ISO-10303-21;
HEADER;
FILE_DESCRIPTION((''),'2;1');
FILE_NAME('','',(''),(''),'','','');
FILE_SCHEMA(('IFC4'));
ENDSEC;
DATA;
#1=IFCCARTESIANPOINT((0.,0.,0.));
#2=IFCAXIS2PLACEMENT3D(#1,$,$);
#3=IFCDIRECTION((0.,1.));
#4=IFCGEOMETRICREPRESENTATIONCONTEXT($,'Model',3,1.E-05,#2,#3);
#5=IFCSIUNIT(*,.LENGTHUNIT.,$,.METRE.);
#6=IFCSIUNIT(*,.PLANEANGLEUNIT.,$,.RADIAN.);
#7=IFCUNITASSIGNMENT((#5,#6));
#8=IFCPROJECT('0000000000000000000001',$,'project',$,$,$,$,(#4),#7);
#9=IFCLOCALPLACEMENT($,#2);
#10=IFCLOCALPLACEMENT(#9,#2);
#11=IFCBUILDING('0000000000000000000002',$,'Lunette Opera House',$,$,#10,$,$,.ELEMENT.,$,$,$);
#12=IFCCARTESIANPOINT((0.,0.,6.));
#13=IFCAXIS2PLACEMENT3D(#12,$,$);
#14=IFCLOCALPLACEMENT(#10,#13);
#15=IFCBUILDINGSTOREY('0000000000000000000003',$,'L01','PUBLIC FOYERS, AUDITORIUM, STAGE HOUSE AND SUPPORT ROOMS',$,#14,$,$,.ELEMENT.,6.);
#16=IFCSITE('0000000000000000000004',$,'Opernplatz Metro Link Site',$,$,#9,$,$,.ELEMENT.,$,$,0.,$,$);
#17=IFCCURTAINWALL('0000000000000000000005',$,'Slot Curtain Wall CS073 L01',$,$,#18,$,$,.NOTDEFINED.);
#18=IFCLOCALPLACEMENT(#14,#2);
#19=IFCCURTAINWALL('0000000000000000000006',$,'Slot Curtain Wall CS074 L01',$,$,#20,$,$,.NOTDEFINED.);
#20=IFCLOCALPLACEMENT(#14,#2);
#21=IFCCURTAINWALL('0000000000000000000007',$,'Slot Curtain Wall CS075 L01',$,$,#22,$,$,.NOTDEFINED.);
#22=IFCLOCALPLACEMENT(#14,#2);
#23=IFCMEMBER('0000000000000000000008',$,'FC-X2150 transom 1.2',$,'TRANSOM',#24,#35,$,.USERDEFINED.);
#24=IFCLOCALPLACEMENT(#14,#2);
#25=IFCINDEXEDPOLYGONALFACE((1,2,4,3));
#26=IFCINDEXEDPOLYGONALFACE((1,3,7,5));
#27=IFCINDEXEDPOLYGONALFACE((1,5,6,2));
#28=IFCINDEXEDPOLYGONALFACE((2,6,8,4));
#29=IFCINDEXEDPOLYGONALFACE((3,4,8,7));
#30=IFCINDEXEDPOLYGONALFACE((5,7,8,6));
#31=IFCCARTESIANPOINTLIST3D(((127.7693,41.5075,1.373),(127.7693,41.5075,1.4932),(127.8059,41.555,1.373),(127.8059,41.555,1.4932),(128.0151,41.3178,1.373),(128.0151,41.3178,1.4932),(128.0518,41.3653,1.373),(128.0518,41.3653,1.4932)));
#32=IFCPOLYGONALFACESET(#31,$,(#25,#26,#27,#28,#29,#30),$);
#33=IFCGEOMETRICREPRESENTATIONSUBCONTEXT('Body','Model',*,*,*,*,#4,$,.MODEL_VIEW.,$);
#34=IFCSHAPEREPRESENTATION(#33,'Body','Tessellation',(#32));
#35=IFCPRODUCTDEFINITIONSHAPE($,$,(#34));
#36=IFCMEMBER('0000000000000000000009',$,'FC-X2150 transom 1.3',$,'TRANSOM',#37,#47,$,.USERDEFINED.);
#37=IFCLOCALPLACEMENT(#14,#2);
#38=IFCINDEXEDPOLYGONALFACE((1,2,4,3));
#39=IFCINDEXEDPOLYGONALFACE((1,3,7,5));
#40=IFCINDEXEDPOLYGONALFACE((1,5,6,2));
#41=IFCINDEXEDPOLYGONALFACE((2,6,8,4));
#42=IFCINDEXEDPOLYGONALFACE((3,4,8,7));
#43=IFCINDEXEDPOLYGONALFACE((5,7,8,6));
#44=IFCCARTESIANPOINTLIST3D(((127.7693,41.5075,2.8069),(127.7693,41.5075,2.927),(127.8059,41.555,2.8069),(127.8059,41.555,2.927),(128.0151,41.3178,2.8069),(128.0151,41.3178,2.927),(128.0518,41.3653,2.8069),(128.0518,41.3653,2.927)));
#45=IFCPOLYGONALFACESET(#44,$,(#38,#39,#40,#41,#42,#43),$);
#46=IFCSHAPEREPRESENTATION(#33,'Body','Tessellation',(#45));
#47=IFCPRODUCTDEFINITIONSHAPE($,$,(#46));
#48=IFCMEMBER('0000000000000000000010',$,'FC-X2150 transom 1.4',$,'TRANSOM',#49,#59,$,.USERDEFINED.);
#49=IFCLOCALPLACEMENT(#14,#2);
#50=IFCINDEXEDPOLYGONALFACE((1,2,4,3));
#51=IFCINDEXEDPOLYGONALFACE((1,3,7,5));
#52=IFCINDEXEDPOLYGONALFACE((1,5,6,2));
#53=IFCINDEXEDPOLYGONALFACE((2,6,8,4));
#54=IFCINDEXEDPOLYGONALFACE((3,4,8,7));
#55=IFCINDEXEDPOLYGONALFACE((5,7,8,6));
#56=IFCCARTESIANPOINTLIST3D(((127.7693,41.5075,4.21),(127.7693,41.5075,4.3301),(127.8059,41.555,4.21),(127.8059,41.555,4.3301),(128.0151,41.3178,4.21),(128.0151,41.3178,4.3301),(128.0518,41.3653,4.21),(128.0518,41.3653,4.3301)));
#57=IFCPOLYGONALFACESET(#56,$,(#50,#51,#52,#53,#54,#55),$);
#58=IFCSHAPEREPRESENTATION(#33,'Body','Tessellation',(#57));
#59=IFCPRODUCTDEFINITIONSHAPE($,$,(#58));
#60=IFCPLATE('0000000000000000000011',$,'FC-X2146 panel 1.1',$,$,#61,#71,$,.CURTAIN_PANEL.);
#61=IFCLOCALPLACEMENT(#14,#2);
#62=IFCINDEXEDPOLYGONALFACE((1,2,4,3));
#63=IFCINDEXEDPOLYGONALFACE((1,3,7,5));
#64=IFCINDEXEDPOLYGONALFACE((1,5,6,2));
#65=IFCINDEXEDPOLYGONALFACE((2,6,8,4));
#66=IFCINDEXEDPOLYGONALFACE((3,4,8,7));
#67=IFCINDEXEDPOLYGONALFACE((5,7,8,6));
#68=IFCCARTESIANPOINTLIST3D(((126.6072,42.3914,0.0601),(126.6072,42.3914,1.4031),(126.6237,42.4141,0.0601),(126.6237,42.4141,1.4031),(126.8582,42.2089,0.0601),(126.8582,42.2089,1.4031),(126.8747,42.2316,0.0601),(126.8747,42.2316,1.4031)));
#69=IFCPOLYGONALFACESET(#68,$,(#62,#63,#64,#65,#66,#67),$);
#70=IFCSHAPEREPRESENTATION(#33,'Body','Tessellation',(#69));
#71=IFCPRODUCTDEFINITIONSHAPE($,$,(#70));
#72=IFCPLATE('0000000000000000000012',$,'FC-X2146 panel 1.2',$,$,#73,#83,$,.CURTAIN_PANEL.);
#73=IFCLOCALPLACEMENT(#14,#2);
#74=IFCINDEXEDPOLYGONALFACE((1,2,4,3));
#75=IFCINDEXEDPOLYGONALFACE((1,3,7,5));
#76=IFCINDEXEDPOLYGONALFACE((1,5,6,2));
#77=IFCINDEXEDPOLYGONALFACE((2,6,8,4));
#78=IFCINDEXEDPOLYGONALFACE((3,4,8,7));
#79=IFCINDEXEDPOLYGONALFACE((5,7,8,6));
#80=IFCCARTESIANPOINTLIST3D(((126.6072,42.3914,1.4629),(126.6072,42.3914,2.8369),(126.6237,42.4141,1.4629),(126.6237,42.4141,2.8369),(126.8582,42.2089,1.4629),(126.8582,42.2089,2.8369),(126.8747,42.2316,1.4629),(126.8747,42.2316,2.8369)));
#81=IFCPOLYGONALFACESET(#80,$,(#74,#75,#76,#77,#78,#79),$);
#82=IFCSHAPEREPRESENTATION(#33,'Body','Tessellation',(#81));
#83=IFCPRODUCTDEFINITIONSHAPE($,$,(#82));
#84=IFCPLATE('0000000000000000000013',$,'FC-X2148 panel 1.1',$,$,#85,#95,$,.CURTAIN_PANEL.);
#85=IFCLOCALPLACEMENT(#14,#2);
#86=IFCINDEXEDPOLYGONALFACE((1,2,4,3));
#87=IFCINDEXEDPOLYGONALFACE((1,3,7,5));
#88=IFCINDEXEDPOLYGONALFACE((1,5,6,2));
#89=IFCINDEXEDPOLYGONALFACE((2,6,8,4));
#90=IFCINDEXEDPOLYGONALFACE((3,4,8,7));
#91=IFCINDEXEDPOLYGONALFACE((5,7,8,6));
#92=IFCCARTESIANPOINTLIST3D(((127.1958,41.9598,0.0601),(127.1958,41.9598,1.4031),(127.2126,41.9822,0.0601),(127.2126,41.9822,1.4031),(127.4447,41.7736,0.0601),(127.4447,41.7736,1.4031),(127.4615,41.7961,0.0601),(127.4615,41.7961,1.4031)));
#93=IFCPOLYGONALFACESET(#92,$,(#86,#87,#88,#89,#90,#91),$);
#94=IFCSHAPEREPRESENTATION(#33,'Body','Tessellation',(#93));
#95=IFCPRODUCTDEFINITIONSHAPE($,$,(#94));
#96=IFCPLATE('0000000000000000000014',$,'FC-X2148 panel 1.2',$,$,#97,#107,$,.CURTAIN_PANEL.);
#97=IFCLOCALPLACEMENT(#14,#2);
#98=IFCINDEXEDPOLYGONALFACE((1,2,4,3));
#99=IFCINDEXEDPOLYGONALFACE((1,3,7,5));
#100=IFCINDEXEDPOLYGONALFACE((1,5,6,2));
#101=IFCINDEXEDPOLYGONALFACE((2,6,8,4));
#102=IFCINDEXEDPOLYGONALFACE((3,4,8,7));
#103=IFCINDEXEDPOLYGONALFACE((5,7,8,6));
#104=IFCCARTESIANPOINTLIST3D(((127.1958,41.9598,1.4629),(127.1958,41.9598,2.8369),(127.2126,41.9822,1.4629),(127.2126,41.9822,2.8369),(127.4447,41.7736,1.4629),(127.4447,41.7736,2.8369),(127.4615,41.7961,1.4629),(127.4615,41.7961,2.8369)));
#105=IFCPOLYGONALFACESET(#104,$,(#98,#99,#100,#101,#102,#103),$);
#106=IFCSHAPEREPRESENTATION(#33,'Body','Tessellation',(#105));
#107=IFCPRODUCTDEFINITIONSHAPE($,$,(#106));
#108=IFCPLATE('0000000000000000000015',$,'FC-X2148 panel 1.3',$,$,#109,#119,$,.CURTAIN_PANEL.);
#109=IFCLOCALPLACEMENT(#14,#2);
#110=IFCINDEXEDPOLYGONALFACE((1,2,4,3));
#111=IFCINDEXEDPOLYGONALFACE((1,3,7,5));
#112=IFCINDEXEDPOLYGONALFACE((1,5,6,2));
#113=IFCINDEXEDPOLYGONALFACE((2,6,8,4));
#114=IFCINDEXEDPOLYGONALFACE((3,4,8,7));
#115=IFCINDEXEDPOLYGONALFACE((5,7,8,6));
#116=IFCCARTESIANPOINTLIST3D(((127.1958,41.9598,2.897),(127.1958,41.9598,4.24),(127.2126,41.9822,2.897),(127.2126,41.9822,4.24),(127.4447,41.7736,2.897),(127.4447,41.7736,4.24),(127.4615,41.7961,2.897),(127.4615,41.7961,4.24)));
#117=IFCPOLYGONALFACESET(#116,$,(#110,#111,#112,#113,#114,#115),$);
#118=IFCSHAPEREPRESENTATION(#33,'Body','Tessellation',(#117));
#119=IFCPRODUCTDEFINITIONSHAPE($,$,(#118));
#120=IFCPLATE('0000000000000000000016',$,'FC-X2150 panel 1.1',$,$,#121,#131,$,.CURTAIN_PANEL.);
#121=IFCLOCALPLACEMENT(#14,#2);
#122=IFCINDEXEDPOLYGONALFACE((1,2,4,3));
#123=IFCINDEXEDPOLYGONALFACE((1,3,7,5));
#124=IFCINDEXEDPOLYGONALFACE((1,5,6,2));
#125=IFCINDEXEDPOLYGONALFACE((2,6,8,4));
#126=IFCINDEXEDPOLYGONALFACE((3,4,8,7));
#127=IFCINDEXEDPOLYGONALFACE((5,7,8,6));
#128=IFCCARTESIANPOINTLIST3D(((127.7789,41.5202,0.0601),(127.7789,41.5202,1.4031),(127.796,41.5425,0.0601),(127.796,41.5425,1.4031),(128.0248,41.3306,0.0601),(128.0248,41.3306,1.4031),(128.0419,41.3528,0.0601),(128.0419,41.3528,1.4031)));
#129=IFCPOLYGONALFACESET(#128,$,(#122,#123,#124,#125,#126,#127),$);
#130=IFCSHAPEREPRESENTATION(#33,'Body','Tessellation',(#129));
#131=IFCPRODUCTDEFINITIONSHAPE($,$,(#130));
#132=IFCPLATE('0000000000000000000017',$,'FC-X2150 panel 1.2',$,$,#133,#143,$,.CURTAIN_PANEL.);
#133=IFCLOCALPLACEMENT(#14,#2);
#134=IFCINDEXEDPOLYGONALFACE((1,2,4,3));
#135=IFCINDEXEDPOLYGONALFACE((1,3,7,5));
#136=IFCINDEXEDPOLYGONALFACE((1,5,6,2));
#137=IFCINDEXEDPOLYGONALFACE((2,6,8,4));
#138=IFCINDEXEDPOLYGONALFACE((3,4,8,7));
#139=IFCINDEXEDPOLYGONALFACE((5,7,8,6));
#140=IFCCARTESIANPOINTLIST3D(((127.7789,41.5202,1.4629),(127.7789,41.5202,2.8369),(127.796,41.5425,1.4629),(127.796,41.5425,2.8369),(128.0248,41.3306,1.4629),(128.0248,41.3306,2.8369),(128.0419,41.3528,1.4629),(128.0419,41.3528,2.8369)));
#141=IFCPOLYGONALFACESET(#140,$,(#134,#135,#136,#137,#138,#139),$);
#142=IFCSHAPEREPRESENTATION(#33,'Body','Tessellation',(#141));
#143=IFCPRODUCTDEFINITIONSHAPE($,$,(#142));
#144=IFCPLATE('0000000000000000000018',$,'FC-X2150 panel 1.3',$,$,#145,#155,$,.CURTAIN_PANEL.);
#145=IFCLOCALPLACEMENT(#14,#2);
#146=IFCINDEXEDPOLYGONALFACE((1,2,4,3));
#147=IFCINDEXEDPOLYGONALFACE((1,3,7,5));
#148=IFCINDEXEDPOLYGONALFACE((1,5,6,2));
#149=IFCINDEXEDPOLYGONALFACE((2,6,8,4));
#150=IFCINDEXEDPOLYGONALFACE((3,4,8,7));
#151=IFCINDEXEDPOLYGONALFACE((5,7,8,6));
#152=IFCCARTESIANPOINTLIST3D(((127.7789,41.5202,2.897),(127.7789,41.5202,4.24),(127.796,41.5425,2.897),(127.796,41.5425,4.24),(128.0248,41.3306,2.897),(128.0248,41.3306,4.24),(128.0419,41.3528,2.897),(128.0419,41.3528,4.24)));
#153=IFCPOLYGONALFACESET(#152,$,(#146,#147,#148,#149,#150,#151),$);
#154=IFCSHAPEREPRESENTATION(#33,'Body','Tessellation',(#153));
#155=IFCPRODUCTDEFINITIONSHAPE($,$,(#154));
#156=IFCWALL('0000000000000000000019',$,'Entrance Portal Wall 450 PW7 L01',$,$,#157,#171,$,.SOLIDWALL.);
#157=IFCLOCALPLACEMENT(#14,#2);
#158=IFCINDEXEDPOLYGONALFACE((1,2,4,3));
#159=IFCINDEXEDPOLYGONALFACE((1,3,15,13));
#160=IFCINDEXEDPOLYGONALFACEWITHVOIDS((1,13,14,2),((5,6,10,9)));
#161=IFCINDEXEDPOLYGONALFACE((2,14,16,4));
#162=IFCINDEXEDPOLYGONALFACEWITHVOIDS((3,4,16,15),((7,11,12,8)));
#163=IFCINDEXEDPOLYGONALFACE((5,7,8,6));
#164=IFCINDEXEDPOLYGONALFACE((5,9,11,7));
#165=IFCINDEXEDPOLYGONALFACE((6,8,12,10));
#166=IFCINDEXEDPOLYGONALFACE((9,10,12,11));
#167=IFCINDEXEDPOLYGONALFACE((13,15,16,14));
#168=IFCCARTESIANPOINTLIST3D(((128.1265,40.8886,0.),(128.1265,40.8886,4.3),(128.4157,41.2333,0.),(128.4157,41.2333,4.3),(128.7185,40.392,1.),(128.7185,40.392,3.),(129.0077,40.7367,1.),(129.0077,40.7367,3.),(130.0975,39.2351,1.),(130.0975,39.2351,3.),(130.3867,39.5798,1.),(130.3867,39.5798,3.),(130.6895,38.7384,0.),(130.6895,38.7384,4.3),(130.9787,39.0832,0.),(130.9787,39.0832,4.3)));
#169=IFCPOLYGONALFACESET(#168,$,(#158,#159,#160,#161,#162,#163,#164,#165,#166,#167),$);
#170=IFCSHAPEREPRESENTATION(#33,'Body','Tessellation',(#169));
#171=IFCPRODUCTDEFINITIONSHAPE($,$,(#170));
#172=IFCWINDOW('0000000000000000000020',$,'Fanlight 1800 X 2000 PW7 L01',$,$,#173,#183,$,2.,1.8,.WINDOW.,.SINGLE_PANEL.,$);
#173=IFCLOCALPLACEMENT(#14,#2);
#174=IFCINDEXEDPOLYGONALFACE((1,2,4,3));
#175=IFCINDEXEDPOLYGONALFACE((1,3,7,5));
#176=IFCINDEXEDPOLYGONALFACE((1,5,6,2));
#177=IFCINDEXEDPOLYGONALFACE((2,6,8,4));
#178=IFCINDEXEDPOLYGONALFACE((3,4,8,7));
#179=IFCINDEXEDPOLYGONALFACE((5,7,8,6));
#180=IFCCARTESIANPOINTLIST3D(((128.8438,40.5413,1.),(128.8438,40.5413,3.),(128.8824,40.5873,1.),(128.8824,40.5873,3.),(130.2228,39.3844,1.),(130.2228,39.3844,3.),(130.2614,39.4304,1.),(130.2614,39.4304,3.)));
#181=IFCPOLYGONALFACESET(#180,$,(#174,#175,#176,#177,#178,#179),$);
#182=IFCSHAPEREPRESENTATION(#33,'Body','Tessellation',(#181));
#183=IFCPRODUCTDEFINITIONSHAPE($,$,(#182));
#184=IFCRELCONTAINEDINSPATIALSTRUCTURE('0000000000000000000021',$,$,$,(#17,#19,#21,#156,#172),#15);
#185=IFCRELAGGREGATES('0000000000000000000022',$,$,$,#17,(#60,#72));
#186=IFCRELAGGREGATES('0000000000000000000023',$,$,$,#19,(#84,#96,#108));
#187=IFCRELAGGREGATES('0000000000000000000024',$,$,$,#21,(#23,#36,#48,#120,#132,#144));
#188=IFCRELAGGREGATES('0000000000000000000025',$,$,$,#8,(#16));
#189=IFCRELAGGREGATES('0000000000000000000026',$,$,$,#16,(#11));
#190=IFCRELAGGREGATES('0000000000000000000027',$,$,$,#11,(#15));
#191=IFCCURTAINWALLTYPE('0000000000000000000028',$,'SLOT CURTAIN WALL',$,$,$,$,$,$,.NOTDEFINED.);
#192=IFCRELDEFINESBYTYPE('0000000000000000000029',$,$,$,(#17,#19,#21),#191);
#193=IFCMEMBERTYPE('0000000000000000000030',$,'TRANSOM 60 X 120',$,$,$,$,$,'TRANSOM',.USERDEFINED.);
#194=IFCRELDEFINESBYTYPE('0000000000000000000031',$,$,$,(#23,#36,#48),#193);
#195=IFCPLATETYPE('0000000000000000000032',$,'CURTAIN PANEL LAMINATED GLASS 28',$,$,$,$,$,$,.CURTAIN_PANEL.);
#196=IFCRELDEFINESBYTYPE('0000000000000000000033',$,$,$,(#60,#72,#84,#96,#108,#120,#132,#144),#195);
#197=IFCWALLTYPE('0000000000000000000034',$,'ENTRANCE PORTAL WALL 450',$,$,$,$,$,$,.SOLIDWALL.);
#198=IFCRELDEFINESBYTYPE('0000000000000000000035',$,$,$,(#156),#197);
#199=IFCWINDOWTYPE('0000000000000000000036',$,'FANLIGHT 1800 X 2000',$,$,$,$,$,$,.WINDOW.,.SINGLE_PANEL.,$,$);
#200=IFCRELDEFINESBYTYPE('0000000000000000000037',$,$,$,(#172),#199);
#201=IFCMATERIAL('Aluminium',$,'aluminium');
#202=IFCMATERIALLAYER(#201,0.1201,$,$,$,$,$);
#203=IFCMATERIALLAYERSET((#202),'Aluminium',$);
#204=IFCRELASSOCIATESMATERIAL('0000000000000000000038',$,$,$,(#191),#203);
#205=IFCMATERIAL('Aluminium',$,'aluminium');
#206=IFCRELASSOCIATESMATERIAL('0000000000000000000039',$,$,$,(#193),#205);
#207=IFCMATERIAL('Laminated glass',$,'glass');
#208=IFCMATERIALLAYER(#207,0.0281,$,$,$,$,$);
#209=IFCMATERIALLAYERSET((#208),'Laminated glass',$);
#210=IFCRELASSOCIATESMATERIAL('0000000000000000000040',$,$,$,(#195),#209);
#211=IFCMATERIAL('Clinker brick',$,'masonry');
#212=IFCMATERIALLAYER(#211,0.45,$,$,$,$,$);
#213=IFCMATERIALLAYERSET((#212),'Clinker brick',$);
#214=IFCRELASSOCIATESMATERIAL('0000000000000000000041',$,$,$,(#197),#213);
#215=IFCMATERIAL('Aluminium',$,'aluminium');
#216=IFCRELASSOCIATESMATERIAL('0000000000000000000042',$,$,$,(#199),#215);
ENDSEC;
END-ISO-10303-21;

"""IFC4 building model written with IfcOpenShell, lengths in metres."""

from ifc_helpers import new_model, si_unit, direction, frame, frame_2d, origin, origin_2d, place, context, subcontext, project, spatial, rectangle, extrude, material, layer, layer_set, material_profile, profile_set, type_object, element, fill, aggregate, save


model = new_model("IFC4")

# Units and contexts
model_context = context("Model", 3, precision=1e-05, world=origin(), true_north=direction((0.0, 1.0)))
body_context = subcontext(model_context, "Body", "Model", "MODEL_VIEW")
ifc_project = project(units=[si_unit("LENGTHUNIT", "METRE"), si_unit("PLANEANGLEUNIT", "RADIAN")], contexts=[model_context])

# Site, building, storey
site_placement = place(None, origin())
site = spatial("IfcSite", under=ifc_project, at=site_placement, Name="Opernplatz Metro Link Site", CompositionType="ELEMENT", RefElevation=0.0)
building_placement = place(site_placement, origin())
building = spatial("IfcBuilding", under=site, at=building_placement, Name="Lunette Opera House", CompositionType="ELEMENT")
storey_placement = place(building_placement, frame((0.0, 0.0, 6.0)))
storey = spatial("IfcBuildingStorey", under=building, at=storey_placement, Name="L01", Description="PUBLIC FOYERS, AUDITORIUM, STAGE HOUSE AND SUPPORT ROOMS", CompositionType="ELEMENT", Elevation=6.0)

# Curtain wall
ifc_material_1 = material(Name="Aluminium", Category="aluminium")
ifc_layer_1 = layer(ifc_material_1, 0.1201)
ifc_layer_set_1 = layer_set([ifc_layer_1], Name="Aluminium")
curtain_wall_type = type_object("IfcCurtainWallType", Name="SLOT CURTAIN WALL", PredefinedType="NOTDEFINED", material=ifc_layer_set_1)
curtain_wall_1_placement = place(storey_placement, origin())
curtain_wall_1 = element("IfcCurtainWall", 1, at=curtain_wall_1_placement, inside=storey, type_object=curtain_wall_type, Name="Slot Curtain Wall CS073 L01", PredefinedType="NOTDEFINED")

# Curtain walls
curtain_wall_2_placement = place(storey_placement, origin())
curtain_wall_2 = element("IfcCurtainWall", 2, at=curtain_wall_2_placement, inside=storey, type_object=curtain_wall_type, Name="Slot Curtain Wall CS074 L01", PredefinedType="NOTDEFINED")
curtain_wall_3_placement = place(storey_placement, origin())
curtain_wall_3 = element("IfcCurtainWall", 3, at=curtain_wall_3_placement, inside=storey, type_object=curtain_wall_type, Name="Slot Curtain Wall CS075 L01", PredefinedType="NOTDEFINED")

# Members
ifc_material_2 = material(Name="Aluminium", Category="aluminium")
ifc_material_profile_1 = material_profile(ifc_material_2, rectangle(XDim=0.0601, YDim=0.1201, at=origin_2d()), Name="TRANSOM 60 X 120")
ifc_profile_set_1 = profile_set([ifc_material_profile_1], Name="Aluminium")
member_type_1 = type_object("IfcMemberType", Name="TRANSOM 60 X 120", ElementType="TRANSOM", PredefinedType="USERDEFINED", material=ifc_profile_set_1)
member_1_placement = place(storey_placement, frame((127.7876, 41.5312, 1.4331), z_axis=(0.791717, -0.610888, 0.0), x_axis=(0.610888, 0.791717, 0.0)))
member_1 = element("IfcMember", 4, at=member_1_placement, type_object=member_type_1, Name="FC-X2150 transom 1.2", ObjectType="TRANSOM", PredefinedType="USERDEFINED", context=body_context, shape_type="SweptSolid", body=[
    extrude(rectangle(XDim=0.0601, YDim=0.1201, at=origin_2d()), origin(), (0.0, 0.0, 1.0), 0.3105),
])
member_2_placement = place(storey_placement, frame((127.7876, 41.5312, 2.8669), z_axis=(0.791717, -0.610888, 0.0), x_axis=(0.610888, 0.791717, 0.0)))
member_2 = element("IfcMember", 5, at=member_2_placement, type_object=member_type_1, Name="FC-X2150 transom 1.3", ObjectType="TRANSOM", PredefinedType="USERDEFINED", context=body_context, shape_type="SweptSolid", body=[
    extrude(rectangle(XDim=0.0601, YDim=0.1201, at=origin_2d()), origin(), (0.0, 0.0, 1.0), 0.3105),
])
member_3_placement = place(storey_placement, frame((127.7876, 41.5312, 4.27), z_axis=(0.791717, -0.610888, 0.0), x_axis=(0.610888, 0.791717, 0.0)))
member_3 = element("IfcMember", 6, at=member_3_placement, type_object=member_type_1, Name="FC-X2150 transom 1.4", ObjectType="TRANSOM", PredefinedType="USERDEFINED", context=body_context, shape_type="SweptSolid", body=[
    extrude(rectangle(XDim=0.0601, YDim=0.1201, at=origin_2d()), origin(), (0.0, 0.0, 1.0), 0.3105),
])

# Plates
ifc_material_3 = material(Name="Laminated glass", Category="glass")
ifc_layer_2 = layer(ifc_material_3, 0.0281)
ifc_layer_set_2 = layer_set([ifc_layer_2], Name="Laminated glass")
plate_type = type_object("IfcPlateType", Name="CURTAIN PANEL LAMINATED GLASS 28", PredefinedType="CURTAIN_PANEL", material=ifc_layer_set_2)
plate_1_placement = place(storey_placement, frame((126.741, 42.3115, 0.0601), z_axis=(0.0, 0.0, 1.0), x_axis=(0.808837, -0.588033, 0.0)))
plate_1 = element("IfcPlate", 7, at=plate_1_placement, type_object=plate_type, Name="FC-X2146 panel 1.1", PredefinedType="CURTAIN_PANEL", context=body_context, shape_type="SweptSolid", body=[
    extrude(rectangle(XDim=0.3103, YDim=0.0281, at=origin_2d()), origin(), (0.0, 0.0, 1.0), 1.343),
])
plate_2_placement = place(storey_placement, frame((126.741, 42.3115, 1.4629), z_axis=(0.0, 0.0, 1.0), x_axis=(0.808837, -0.588033, 0.0)))
plate_2 = element("IfcPlate", 8, at=plate_2_placement, type_object=plate_type, Name="FC-X2146 panel 1.2", PredefinedType="CURTAIN_PANEL", context=body_context, shape_type="SweptSolid", body=[
    extrude(rectangle(XDim=0.3103, YDim=0.0281, at=origin_2d()), origin(), (0.0, 0.0, 1.0), 1.374),
])
aggregate(curtain_wall_1, [plate_1, plate_2])
plate_3_placement = place(storey_placement, frame((127.3286, 41.8779, 0.0601), z_axis=(0.0, 0.0, 1.0), x_axis=(0.800835, -0.598885, 0.0)))
plate_3 = element("IfcPlate", 9, at=plate_3_placement, type_object=plate_type, Name="FC-X2148 panel 1.1", PredefinedType="CURTAIN_PANEL", context=body_context, shape_type="SweptSolid", body=[
    extrude(rectangle(XDim=0.3108, YDim=0.0281, at=origin_2d()), origin(), (0.0, 0.0, 1.0), 1.343),
])
plate_4_placement = place(storey_placement, frame((127.3286, 41.8779, 1.4629), z_axis=(0.0, 0.0, 1.0), x_axis=(0.800835, -0.598885, 0.0)))
plate_4 = element("IfcPlate", 10, at=plate_4_placement, type_object=plate_type, Name="FC-X2148 panel 1.2", PredefinedType="CURTAIN_PANEL", context=body_context, shape_type="SweptSolid", body=[
    extrude(rectangle(XDim=0.3108, YDim=0.0281, at=origin_2d()), origin(), (0.0, 0.0, 1.0), 1.374),
])
plate_5_placement = place(storey_placement, frame((127.3286, 41.8779, 2.897), z_axis=(0.0, 0.0, 1.0), x_axis=(0.800835, -0.598885, 0.0)))
plate_5 = element("IfcPlate", 11, at=plate_5_placement, type_object=plate_type, Name="FC-X2148 panel 1.3", PredefinedType="CURTAIN_PANEL", context=body_context, shape_type="SweptSolid", body=[
    extrude(rectangle(XDim=0.3108, YDim=0.0281, at=origin_2d()), origin(), (0.0, 0.0, 1.0), 1.343),
])
aggregate(curtain_wall_2, [plate_3, plate_4, plate_5])
plate_6_placement = place(storey_placement, frame((127.9104, 41.4365, 0.0601), z_axis=(0.0, 0.0, 1.0), x_axis=(0.791846, -0.61072, 0.0)))
plate_6 = element("IfcPlate", 12, at=plate_6_placement, type_object=plate_type, Name="FC-X2150 panel 1.1", PredefinedType="CURTAIN_PANEL", context=body_context, shape_type="SweptSolid", body=[
    extrude(rectangle(XDim=0.3105, YDim=0.0281, at=origin_2d()), origin(), (0.0, 0.0, 1.0), 1.343),
])
plate_7_placement = place(storey_placement, frame((127.9104, 41.4365, 1.4629), z_axis=(0.0, 0.0, 1.0), x_axis=(0.791846, -0.61072, 0.0)))
plate_7 = element("IfcPlate", 13, at=plate_7_placement, type_object=plate_type, Name="FC-X2150 panel 1.2", PredefinedType="CURTAIN_PANEL", context=body_context, shape_type="SweptSolid", body=[
    extrude(rectangle(XDim=0.3105, YDim=0.0281, at=origin_2d()), origin(), (0.0, 0.0, 1.0), 1.374),
])
plate_8_placement = place(storey_placement, frame((127.9104, 41.4365, 2.897), z_axis=(0.0, 0.0, 1.0), x_axis=(0.791846, -0.61072, 0.0)))
plate_8 = element("IfcPlate", 14, at=plate_8_placement, type_object=plate_type, Name="FC-X2150 panel 1.3", PredefinedType="CURTAIN_PANEL", context=body_context, shape_type="SweptSolid", body=[
    extrude(rectangle(XDim=0.3105, YDim=0.0281, at=origin_2d()), origin(), (0.0, 0.0, 1.0), 1.343),
])
aggregate(curtain_wall_3, [member_1, member_2, member_3, plate_6, plate_7, plate_8])

# Wall, opening, window
ifc_material_4 = material(Name="Clinker brick", Category="masonry")
ifc_layer_3 = layer(ifc_material_4, 0.45)
ifc_layer_set_3 = layer_set([ifc_layer_3], Name="Clinker brick")
wall_type = type_object("IfcWallType", Name="ENTRANCE PORTAL WALL 450", PredefinedType="SOLIDWALL", material=ifc_layer_set_3)
wall_placement = place(storey_placement, frame((128.271, 41.061, 0.0), z_axis=(0.0, 0.0, 1.0), x_axis=(0.766112, -0.642708, 0.0)))
wall = element("IfcWall", 15, at=wall_placement, inside=storey, type_object=wall_type, Name="Entrance Portal Wall 450 PW7 L01", PredefinedType="SOLIDWALL", context=body_context, shape_type="SweptSolid", body=[
    extrude(rectangle(XDim=3.3455, YDim=0.45, at=frame_2d((1.6729, 0.0))), origin(), (0.0, 0.0, 1.0), 4.3),
])
opening_placement = place(wall_placement, frame((0.7729, 0.0, 1.0)))
opening = element("IfcOpeningElement", 16, at=opening_placement, cuts=wall, PredefinedType="OPENING", context=body_context, shape_type="SweptSolid", body=[
    extrude(rectangle(XDim=1.8, YDim=2.0, at=frame_2d((0.8999, 1.0))), frame((0.0, 0.2371, 0.0), z_axis=(0.0, -1.0, 0.0), x_axis=(1.0, 0.0, 0.0)), (0.0, 0.0, 1.0), 0.4739),
])
ifc_material_5 = material(Name="Aluminium", Category="aluminium")
window_type = type_object("IfcWindowType", Name="FANLIGHT 1800 X 2000", PartitioningType="SINGLE_PANEL", PredefinedType="WINDOW", material=ifc_material_5)
window_placement = place(opening_placement, origin())
window = element("IfcWindow", 17, at=window_placement, inside=storey, type_object=window_type, Name="Fanlight 1800 X 2000 PW7 L01", OverallHeight=2.0, OverallWidth=1.8, PartitioningType="SINGLE_PANEL", PredefinedType="WINDOW", context=body_context, shape_type="SweptSolid", body=[
    extrude(rectangle(XDim=1.8, YDim=2.0, at=frame_2d((0.8999, 1.0))), frame((0.0, 0.03, 0.0), z_axis=(0.0, -1.0, 0.0), x_axis=(1.0, 0.0, 0.0)), (0.0, 0.0, 1.0), 0.0601),
])
fill(opening, window)

save(model, "model.ifc")
